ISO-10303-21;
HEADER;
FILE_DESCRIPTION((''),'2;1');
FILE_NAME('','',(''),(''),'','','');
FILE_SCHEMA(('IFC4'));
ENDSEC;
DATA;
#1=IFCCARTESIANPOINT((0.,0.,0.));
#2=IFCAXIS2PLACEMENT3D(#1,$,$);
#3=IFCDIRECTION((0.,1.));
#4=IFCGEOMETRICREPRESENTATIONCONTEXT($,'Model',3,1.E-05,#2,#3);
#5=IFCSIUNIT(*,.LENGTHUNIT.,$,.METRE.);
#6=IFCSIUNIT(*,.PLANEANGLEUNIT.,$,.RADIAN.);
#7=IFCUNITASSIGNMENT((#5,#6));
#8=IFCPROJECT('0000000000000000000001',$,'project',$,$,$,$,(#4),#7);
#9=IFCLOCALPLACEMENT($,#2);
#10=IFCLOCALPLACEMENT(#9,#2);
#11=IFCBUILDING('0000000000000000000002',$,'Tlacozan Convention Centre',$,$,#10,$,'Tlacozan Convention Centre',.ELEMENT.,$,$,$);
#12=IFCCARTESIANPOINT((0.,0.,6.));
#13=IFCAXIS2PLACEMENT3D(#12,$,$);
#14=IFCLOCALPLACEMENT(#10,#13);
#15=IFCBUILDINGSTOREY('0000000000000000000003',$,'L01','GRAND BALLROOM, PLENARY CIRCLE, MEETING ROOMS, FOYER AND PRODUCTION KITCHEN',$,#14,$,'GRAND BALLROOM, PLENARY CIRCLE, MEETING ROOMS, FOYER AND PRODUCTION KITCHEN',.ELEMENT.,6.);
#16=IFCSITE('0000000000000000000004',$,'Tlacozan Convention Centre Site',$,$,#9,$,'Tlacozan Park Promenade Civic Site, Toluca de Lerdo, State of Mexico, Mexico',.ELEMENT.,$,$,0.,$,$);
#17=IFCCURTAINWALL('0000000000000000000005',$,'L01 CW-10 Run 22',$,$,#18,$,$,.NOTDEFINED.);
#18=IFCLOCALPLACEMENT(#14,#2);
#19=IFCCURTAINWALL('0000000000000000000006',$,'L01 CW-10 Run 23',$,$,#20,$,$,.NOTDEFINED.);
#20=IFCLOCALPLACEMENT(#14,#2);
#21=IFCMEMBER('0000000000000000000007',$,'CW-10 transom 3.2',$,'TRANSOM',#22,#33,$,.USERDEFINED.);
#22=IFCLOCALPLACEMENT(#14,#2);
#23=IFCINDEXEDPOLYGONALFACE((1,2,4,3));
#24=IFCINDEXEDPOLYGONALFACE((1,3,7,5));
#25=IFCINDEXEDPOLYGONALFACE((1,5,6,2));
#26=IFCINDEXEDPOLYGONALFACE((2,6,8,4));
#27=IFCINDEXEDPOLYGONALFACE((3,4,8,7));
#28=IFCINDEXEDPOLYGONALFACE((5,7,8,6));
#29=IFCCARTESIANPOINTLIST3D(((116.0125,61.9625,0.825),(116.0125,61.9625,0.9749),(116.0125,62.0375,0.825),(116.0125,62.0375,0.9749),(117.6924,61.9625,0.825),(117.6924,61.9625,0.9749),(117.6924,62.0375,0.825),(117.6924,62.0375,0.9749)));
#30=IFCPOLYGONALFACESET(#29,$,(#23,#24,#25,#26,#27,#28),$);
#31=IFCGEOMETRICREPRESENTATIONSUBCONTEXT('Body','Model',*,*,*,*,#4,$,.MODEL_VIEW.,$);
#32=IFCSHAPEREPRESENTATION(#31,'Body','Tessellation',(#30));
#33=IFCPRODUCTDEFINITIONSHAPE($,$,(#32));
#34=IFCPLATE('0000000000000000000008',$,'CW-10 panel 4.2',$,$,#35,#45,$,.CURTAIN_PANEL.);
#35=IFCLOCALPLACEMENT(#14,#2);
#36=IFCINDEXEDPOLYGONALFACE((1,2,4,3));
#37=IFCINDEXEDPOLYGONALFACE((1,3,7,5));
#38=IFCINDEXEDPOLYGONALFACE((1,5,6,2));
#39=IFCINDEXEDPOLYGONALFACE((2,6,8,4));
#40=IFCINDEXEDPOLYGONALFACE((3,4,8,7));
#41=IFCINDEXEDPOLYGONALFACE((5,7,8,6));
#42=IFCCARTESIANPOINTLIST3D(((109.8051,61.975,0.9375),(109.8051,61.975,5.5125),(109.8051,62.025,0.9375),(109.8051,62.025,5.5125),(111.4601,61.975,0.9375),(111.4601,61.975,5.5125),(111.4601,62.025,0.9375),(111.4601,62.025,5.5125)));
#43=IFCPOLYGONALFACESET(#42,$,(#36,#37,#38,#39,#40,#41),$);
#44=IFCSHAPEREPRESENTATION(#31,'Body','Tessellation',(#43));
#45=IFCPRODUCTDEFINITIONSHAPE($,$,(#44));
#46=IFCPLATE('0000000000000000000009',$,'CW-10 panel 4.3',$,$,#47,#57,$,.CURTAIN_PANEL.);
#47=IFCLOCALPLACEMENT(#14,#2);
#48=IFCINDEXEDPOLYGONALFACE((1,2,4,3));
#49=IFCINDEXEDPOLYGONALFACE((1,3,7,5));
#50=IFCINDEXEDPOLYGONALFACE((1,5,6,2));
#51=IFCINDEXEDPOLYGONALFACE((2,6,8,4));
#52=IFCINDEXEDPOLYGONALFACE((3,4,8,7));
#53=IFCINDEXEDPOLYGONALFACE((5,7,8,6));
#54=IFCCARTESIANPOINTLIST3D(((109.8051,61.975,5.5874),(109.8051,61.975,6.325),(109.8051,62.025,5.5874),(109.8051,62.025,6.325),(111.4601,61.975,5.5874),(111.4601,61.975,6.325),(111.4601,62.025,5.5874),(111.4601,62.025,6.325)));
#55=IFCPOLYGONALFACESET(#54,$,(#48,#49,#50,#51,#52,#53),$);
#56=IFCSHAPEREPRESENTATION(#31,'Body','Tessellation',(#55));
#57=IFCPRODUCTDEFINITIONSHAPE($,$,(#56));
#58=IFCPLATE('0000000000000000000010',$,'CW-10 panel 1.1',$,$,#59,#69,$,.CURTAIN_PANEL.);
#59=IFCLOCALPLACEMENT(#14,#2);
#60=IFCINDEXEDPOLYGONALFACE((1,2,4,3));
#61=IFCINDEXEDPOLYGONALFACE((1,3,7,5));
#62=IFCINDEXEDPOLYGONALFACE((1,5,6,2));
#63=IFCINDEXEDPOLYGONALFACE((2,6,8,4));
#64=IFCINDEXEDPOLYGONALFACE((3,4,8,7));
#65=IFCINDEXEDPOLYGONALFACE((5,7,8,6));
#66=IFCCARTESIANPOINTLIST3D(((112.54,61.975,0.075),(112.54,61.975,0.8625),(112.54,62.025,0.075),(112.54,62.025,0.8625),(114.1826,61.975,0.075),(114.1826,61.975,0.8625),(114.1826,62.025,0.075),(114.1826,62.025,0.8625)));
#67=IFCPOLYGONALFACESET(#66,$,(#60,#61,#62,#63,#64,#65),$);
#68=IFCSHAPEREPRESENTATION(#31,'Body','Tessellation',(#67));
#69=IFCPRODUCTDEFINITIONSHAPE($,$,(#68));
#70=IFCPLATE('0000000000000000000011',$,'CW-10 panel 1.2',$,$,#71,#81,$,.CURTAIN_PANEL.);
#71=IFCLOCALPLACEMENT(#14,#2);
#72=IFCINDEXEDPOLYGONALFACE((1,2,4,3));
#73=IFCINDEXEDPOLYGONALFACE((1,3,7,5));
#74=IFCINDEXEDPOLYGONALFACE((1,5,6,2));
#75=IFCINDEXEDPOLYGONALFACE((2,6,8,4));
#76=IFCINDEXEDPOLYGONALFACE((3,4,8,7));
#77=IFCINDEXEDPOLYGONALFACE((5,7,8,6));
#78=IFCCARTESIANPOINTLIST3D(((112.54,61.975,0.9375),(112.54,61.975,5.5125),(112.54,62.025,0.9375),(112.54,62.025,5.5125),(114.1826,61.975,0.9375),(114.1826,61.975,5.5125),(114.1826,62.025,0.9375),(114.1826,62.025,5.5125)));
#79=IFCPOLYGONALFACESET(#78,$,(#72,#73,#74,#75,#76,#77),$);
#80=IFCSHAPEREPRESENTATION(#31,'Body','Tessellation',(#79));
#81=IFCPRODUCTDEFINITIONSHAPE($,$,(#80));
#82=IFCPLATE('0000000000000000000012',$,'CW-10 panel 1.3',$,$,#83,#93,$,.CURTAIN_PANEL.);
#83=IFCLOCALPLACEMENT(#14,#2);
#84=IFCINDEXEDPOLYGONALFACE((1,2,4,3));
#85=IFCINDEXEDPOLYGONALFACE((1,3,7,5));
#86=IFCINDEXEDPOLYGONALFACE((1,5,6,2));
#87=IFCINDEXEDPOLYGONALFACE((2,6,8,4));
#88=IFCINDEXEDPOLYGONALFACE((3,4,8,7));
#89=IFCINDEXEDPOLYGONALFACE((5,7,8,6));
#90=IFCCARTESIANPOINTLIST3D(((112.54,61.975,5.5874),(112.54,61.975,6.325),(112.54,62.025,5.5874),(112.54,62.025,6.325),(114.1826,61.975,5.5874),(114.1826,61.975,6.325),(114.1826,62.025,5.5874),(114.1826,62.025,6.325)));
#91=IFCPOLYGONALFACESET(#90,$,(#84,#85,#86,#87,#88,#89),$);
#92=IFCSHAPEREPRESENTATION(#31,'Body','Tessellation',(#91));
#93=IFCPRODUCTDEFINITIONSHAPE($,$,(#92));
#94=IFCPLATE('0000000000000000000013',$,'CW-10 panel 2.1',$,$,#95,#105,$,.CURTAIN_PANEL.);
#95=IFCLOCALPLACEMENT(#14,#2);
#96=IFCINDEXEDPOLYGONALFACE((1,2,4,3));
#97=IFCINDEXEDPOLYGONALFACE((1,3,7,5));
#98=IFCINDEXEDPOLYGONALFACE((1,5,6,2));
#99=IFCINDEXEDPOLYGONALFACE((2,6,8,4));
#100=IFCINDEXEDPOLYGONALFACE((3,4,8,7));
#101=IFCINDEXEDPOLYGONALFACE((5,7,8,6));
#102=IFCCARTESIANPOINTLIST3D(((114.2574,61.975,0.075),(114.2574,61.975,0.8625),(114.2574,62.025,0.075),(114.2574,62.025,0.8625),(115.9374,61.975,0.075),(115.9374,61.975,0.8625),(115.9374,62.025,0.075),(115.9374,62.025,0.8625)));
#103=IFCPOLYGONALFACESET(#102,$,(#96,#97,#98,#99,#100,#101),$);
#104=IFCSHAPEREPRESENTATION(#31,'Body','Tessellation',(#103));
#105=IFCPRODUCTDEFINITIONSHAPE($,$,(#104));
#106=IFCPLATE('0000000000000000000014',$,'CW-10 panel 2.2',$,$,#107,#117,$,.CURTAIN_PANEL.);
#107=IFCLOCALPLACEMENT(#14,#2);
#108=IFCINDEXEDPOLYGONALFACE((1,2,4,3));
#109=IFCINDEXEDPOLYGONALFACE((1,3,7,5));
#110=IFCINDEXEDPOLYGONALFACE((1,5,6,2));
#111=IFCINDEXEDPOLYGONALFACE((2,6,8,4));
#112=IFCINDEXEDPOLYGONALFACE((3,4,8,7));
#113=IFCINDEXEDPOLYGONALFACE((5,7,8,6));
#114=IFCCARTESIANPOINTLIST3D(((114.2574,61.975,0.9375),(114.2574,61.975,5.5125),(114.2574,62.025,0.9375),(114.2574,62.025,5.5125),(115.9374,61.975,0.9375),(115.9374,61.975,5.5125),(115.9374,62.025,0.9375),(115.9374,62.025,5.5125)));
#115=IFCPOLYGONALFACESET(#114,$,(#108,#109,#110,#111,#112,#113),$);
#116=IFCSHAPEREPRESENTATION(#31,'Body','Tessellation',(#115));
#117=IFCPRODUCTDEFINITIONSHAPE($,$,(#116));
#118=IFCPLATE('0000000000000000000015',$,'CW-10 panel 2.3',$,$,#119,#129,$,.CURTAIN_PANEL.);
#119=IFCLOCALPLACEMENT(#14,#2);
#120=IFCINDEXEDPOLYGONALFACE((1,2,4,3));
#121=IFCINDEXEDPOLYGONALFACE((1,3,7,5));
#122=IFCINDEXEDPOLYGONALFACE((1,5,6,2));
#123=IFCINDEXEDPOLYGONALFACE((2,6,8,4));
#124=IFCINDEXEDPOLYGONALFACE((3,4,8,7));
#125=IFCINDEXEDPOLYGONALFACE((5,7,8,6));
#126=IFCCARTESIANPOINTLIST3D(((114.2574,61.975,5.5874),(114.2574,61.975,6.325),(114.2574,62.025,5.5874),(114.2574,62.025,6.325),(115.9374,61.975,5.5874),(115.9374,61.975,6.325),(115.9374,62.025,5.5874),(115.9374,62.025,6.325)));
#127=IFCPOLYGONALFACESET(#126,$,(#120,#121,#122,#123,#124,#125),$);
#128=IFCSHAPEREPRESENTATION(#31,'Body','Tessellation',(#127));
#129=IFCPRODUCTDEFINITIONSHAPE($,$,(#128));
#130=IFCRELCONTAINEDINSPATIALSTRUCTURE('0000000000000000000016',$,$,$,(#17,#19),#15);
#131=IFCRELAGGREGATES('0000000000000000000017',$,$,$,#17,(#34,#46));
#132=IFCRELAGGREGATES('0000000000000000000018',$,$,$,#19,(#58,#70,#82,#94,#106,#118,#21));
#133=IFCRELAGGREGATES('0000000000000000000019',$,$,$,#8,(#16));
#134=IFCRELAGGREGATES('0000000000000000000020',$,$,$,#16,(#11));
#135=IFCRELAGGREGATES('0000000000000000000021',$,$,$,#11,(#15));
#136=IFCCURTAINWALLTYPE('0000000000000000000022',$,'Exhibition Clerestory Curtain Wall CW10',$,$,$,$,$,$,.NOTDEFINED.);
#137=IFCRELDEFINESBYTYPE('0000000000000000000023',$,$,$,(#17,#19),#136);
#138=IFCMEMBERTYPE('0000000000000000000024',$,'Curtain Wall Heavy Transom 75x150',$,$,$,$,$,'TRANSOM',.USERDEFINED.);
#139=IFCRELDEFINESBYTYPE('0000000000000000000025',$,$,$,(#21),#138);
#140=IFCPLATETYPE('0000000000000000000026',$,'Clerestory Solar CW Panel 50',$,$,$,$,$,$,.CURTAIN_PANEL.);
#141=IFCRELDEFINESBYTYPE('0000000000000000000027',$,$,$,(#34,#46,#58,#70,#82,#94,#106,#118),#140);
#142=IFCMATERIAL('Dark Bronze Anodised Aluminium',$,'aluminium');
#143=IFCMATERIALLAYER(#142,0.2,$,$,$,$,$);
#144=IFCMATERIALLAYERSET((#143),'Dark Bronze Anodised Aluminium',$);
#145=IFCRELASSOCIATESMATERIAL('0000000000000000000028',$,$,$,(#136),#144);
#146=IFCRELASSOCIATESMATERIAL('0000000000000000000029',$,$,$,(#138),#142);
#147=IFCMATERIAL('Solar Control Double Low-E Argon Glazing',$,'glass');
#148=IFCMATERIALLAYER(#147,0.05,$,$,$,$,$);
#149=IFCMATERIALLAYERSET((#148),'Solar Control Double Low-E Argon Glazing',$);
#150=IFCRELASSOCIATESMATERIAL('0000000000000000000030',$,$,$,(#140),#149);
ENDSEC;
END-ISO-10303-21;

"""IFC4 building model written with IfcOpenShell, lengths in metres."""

from ifc_helpers import new_model, si_unit, direction, frame, origin, origin_2d, place, context, subcontext, project, spatial, rectangle, extrude, material, layer, layer_set, material_profile, profile_set, type_object, element, aggregate, save


model = new_model("IFC4")

# Units and contexts
model_context = context("Model", 3, precision=1e-05, world=origin(), true_north=direction((0.0, 1.0)))
body_context = subcontext(model_context, "Body", "Model", "MODEL_VIEW")
ifc_project = project(units=[si_unit("LENGTHUNIT", "METRE"), si_unit("PLANEANGLEUNIT", "RADIAN")], contexts=[model_context])

# Site, building, storey
site_placement = place(None, origin())
site = spatial("IfcSite", under=ifc_project, at=site_placement, Name="Tlacozan Convention Centre Site", LongName="Tlacozan Park Promenade Civic Site, Toluca de Lerdo, State of Mexico, Mexico", CompositionType="ELEMENT", RefElevation=0.0)
building_placement = place(site_placement, origin())
building = spatial("IfcBuilding", under=site, at=building_placement, Name="Tlacozan Convention Centre", LongName="Tlacozan Convention Centre", CompositionType="ELEMENT")
storey_placement = place(building_placement, frame((0.0, 0.0, 6.0)))
storey = spatial("IfcBuildingStorey", under=building, at=storey_placement, Name="L01", Description="GRAND BALLROOM, PLENARY CIRCLE, MEETING ROOMS, FOYER AND PRODUCTION KITCHEN", LongName="GRAND BALLROOM, PLENARY CIRCLE, MEETING ROOMS, FOYER AND PRODUCTION KITCHEN", CompositionType="ELEMENT", Elevation=6.0)

# Curtain wall
ifc_material_1 = material(Name="Dark Bronze Anodised Aluminium", Category="aluminium")
ifc_layer_1 = layer(ifc_material_1, 0.2)
ifc_layer_set_1 = layer_set([ifc_layer_1], Name="Dark Bronze Anodised Aluminium")
curtain_wall_type = type_object("IfcCurtainWallType", Name="Exhibition Clerestory Curtain Wall CW10", PredefinedType="NOTDEFINED", material=ifc_layer_set_1)
curtain_wall_1_placement = place(storey_placement, origin())
curtain_wall_1 = element("IfcCurtainWall", 1, at=curtain_wall_1_placement, inside=storey, type_object=curtain_wall_type, Name="L01 CW-10 Run 22", PredefinedType="NOTDEFINED")

# Curtain wall, member
curtain_wall_2_placement = place(storey_placement, origin())
curtain_wall_2 = element("IfcCurtainWall", 2, at=curtain_wall_2_placement, inside=storey, type_object=curtain_wall_type, Name="L01 CW-10 Run 23", PredefinedType="NOTDEFINED")
ifc_material_profile_1 = material_profile(ifc_material_1, rectangle(XDim=0.075, YDim=0.1499, at=origin_2d()), Name="ALU 75x150")
ifc_profile_set_1 = profile_set([ifc_material_profile_1], Name="Dark Bronze Anodised Aluminium")
member_type_1 = type_object("IfcMemberType", Name="Curtain Wall Heavy Transom 75x150", ElementType="TRANSOM", PredefinedType="USERDEFINED", material=ifc_profile_set_1)
member_1_placement = place(storey_placement, frame((116.0125, 62.0, 0.8999), z_axis=(1.0, 0.0, 0.0), x_axis=(0.0, 1.0, 0.0)))
member_1 = element("IfcMember", 3, at=member_1_placement, type_object=member_type_1, Name="CW-10 transom 3.2", ObjectType="TRANSOM", PredefinedType="USERDEFINED", context=body_context, shape_type="SweptSolid", body=[
    extrude(rectangle(XDim=0.075, YDim=0.1499, at=origin_2d()), origin(), (0.0, 0.0, 1.0), 1.6799),
])

# Plates
ifc_material_2 = material(Name="Solar Control Double Low-E Argon Glazing", Category="glass")
ifc_layer_2 = layer(ifc_material_2, 0.05)
ifc_layer_set_2 = layer_set([ifc_layer_2], Name="Solar Control Double Low-E Argon Glazing")
plate_type = type_object("IfcPlateType", Name="Clerestory Solar CW Panel 50", PredefinedType="CURTAIN_PANEL", material=ifc_layer_set_2)
plate_1_placement = place(storey_placement, frame((110.6326, 62.0, 0.9375), z_axis=(0.0, 0.0, 1.0), x_axis=(1.0, 0.0, 0.0)))
plate_1 = element("IfcPlate", 4, at=plate_1_placement, type_object=plate_type, Name="CW-10 panel 4.2", PredefinedType="CURTAIN_PANEL", context=body_context, shape_type="SweptSolid", body=[
    extrude(rectangle(XDim=1.655, YDim=0.05, at=origin_2d()), origin(), (0.0, 0.0, 1.0), 4.575),
])
plate_2_placement = place(storey_placement, frame((110.6326, 62.0, 5.5874), z_axis=(0.0, 0.0, 1.0), x_axis=(1.0, 0.0, 0.0)))
plate_2 = element("IfcPlate", 5, at=plate_2_placement, type_object=plate_type, Name="CW-10 panel 4.3", PredefinedType="CURTAIN_PANEL", context=body_context, shape_type="SweptSolid", body=[
    extrude(rectangle(XDim=1.655, YDim=0.05, at=origin_2d()), origin(), (0.0, 0.0, 1.0), 0.7375),
])
aggregate(curtain_wall_1, [plate_1, plate_2])
plate_3_placement = place(storey_placement, frame((113.3613, 62.0, 0.075), z_axis=(0.0, 0.0, 1.0), x_axis=(1.0, 0.0, 0.0)))
plate_3 = element("IfcPlate", 6, at=plate_3_placement, type_object=plate_type, Name="CW-10 panel 1.1", PredefinedType="CURTAIN_PANEL", context=body_context, shape_type="SweptSolid", body=[
    extrude(rectangle(XDim=1.6426, YDim=0.05, at=origin_2d()), origin(), (0.0, 0.0, 1.0), 0.7876),
])
plate_4_placement = place(storey_placement, frame((113.3613, 62.0, 0.9375), z_axis=(0.0, 0.0, 1.0), x_axis=(1.0, 0.0, 0.0)))
plate_4 = element("IfcPlate", 7, at=plate_4_placement, type_object=plate_type, Name="CW-10 panel 1.2", PredefinedType="CURTAIN_PANEL", context=body_context, shape_type="SweptSolid", body=[
    extrude(rectangle(XDim=1.6426, YDim=0.05, at=origin_2d()), origin(), (0.0, 0.0, 1.0), 4.575),
])
plate_5_placement = place(storey_placement, frame((113.3613, 62.0, 5.5874), z_axis=(0.0, 0.0, 1.0), x_axis=(1.0, 0.0, 0.0)))
plate_5 = element("IfcPlate", 8, at=plate_5_placement, type_object=plate_type, Name="CW-10 panel 1.3", PredefinedType="CURTAIN_PANEL", context=body_context, shape_type="SweptSolid", body=[
    extrude(rectangle(XDim=1.6426, YDim=0.05, at=origin_2d()), origin(), (0.0, 0.0, 1.0), 0.7375),
])
plate_6_placement = place(storey_placement, frame((115.0974, 62.0, 0.075), z_axis=(0.0, 0.0, 1.0), x_axis=(1.0, 0.0, 0.0)))
plate_6 = element("IfcPlate", 9, at=plate_6_placement, type_object=plate_type, Name="CW-10 panel 2.1", PredefinedType="CURTAIN_PANEL", context=body_context, shape_type="SweptSolid", body=[
    extrude(rectangle(XDim=1.6799, YDim=0.05, at=origin_2d()), origin(), (0.0, 0.0, 1.0), 0.7876),
])
plate_7_placement = place(storey_placement, frame((115.0974, 62.0, 0.9375), z_axis=(0.0, 0.0, 1.0), x_axis=(1.0, 0.0, 0.0)))
plate_7 = element("IfcPlate", 10, at=plate_7_placement, type_object=plate_type, Name="CW-10 panel 2.2", PredefinedType="CURTAIN_PANEL", context=body_context, shape_type="SweptSolid", body=[
    extrude(rectangle(XDim=1.6799, YDim=0.05, at=origin_2d()), origin(), (0.0, 0.0, 1.0), 4.575),
])
plate_8_placement = place(storey_placement, frame((115.0974, 62.0, 5.5874), z_axis=(0.0, 0.0, 1.0), x_axis=(1.0, 0.0, 0.0)))
plate_8 = element("IfcPlate", 11, at=plate_8_placement, type_object=plate_type, Name="CW-10 panel 2.3", PredefinedType="CURTAIN_PANEL", context=body_context, shape_type="SweptSolid", body=[
    extrude(rectangle(XDim=1.6799, YDim=0.05, at=origin_2d()), origin(), (0.0, 0.0, 1.0), 0.7375),
])
aggregate(curtain_wall_2, [plate_3, plate_4, plate_5, plate_6, plate_7, plate_8, member_1])

save(model, "model.ifc")
